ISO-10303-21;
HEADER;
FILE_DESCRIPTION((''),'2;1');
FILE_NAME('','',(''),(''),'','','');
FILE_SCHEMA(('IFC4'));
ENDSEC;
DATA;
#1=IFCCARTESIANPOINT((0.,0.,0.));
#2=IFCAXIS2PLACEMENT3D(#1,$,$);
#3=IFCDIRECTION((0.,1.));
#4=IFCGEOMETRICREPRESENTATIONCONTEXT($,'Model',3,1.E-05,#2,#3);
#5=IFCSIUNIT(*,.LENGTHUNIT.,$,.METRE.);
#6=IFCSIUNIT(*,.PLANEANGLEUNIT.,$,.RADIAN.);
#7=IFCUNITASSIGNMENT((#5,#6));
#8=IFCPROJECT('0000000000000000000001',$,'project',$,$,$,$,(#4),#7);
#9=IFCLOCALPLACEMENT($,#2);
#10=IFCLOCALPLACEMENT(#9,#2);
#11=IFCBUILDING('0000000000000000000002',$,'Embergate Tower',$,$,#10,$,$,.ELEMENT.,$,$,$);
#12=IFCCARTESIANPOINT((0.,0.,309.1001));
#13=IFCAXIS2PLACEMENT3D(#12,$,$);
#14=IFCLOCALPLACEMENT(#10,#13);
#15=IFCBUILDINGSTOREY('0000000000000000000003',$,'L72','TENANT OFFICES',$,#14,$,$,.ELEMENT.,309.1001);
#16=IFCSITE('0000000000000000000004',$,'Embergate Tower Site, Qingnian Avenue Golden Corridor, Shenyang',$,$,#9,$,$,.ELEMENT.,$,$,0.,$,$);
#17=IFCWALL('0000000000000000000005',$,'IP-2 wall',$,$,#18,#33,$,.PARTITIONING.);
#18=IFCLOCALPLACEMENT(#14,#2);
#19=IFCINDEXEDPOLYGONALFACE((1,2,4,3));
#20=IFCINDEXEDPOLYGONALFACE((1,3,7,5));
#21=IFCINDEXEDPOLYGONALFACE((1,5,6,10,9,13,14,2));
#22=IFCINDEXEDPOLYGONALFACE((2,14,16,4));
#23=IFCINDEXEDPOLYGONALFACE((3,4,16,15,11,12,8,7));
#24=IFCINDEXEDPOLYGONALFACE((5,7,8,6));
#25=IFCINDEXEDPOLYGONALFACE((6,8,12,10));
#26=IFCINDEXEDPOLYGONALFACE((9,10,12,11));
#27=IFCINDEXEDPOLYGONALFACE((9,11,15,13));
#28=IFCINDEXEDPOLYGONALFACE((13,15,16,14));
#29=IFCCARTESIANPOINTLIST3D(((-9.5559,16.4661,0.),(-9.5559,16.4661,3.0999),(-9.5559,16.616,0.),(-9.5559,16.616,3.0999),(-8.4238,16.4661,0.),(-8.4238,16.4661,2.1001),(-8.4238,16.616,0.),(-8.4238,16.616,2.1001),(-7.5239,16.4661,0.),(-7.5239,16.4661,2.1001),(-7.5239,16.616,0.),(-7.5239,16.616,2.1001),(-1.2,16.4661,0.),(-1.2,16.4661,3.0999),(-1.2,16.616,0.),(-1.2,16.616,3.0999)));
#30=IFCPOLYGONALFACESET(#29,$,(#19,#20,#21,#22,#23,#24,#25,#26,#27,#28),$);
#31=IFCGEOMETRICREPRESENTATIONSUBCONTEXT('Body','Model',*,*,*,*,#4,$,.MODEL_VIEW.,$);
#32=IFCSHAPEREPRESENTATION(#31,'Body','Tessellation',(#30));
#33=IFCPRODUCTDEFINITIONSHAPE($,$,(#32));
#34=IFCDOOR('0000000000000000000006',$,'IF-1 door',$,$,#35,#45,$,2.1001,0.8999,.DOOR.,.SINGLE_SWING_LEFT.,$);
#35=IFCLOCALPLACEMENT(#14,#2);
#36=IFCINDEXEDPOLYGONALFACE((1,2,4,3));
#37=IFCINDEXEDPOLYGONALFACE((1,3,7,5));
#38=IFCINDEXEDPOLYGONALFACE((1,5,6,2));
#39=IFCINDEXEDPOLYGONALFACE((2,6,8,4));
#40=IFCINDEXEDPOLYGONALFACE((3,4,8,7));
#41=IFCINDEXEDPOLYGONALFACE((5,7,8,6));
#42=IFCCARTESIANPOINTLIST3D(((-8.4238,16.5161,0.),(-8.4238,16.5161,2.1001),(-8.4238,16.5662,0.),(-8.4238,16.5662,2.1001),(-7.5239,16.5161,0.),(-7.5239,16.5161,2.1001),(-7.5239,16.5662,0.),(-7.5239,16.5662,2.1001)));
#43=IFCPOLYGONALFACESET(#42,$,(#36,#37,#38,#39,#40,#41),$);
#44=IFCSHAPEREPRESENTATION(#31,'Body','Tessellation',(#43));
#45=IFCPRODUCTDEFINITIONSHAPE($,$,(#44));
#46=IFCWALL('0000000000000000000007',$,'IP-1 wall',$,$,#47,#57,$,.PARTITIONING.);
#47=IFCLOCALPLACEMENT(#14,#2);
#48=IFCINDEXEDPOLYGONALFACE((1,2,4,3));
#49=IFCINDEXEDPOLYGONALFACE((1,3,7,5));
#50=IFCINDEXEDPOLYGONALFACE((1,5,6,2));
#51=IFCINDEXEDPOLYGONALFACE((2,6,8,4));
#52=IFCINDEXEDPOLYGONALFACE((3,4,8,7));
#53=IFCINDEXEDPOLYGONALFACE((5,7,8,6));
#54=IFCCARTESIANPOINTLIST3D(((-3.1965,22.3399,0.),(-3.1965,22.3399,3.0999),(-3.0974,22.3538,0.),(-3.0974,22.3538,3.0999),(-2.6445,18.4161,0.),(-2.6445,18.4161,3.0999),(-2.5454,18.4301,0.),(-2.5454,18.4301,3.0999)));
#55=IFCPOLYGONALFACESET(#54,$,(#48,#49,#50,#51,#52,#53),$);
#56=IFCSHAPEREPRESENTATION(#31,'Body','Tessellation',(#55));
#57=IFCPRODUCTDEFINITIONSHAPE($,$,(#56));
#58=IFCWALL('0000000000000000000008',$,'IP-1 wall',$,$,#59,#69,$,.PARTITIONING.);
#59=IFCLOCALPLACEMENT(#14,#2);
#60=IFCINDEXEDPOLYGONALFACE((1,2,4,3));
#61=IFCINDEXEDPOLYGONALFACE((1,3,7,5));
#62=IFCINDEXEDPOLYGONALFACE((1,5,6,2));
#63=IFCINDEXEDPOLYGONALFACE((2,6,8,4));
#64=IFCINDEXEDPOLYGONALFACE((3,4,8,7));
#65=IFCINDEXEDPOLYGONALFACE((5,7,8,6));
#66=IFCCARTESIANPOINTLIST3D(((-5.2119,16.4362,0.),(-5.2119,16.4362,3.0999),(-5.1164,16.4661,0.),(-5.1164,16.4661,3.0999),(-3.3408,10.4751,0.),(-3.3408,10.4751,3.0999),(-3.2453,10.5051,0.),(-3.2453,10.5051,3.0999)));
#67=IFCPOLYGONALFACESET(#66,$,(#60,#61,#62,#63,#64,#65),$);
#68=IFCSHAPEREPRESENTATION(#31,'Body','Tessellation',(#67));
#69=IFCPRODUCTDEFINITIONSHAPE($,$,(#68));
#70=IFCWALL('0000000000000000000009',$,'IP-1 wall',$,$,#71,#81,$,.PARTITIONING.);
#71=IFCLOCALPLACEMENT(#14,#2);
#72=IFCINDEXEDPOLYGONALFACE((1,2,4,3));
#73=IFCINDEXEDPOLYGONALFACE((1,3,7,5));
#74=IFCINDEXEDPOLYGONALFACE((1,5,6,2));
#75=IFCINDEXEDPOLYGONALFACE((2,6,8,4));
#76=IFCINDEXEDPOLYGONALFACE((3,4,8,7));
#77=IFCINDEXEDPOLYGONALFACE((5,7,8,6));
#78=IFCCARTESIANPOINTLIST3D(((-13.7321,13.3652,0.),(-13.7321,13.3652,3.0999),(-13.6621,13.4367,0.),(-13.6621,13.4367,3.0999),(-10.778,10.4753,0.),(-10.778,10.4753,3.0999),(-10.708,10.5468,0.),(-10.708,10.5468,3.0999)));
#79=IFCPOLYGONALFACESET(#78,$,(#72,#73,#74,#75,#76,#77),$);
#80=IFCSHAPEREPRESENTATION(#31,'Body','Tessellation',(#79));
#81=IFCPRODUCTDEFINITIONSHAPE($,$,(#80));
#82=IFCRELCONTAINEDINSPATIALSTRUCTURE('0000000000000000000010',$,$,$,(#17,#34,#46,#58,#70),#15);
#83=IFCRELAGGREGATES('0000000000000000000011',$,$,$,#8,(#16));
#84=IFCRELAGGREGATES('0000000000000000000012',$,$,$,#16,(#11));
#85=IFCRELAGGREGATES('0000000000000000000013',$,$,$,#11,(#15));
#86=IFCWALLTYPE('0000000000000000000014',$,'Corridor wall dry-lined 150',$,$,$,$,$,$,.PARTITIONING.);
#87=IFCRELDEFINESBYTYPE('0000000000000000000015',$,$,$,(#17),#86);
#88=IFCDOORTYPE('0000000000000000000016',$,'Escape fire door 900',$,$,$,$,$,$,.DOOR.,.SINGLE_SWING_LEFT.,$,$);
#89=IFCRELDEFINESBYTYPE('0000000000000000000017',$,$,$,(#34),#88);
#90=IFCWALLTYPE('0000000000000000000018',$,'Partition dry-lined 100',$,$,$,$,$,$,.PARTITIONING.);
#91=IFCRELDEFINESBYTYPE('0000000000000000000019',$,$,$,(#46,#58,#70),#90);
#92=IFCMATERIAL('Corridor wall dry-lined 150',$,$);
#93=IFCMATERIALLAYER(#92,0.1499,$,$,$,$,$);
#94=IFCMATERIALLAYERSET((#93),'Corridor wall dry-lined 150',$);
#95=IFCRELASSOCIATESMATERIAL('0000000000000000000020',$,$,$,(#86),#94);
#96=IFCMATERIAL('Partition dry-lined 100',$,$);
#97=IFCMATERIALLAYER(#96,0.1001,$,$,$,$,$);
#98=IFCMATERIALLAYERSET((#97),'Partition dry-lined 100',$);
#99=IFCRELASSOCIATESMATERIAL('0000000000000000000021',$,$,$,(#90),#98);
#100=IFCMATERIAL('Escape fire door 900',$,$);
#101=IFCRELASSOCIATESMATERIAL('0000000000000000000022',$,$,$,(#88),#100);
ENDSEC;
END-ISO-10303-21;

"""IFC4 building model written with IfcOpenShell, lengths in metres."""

from ifc_helpers import new_model, si_unit, direction, frame, frame_2d, origin, place, context, subcontext, project, spatial, rectangle, extrude, source, transform, mapped, material, layer, layer_set, type_object, element, fill, save


model = new_model("IFC4")

# Units and contexts
model_context = context("Model", 3, precision=1e-05, world=origin(), true_north=direction((0.0, 1.0)))
body_context = subcontext(model_context, "Body", "Model", "MODEL_VIEW")
ifc_project = project(units=[si_unit("LENGTHUNIT", "METRE"), si_unit("PLANEANGLEUNIT", "RADIAN")], contexts=[model_context])

# Site, building, storey
site_placement = place(None, origin())
site = spatial("IfcSite", under=ifc_project, at=site_placement, Name="Embergate Tower Site, Qingnian Avenue Golden Corridor, Shenyang", CompositionType="ELEMENT", RefElevation=0.0)
building_placement = place(site_placement, origin())
building = spatial("IfcBuilding", under=site, at=building_placement, Name="Embergate Tower", CompositionType="ELEMENT")
storey_placement = place(building_placement, frame((0.0, 0.0, 309.1001)))
storey = spatial("IfcBuildingStorey", under=building, at=storey_placement, Name="L72", Description="TENANT OFFICES", CompositionType="ELEMENT", Elevation=309.1001)

# Shared definitions
ifc_material_1 = material(Name="Corridor wall dry-lined 150")
ifc_layer_1 = layer(ifc_material_1, 0.1499)
ifc_layer_set_1 = layer_set([ifc_layer_1], Name="Corridor wall dry-lined 150")
wall_type_1 = type_object("IfcWallType", Name="Corridor wall dry-lined 150", PredefinedType="PARTITIONING", material=ifc_layer_set_1)
ifc_material_2 = material(Name="Partition dry-lined 100")
ifc_layer_2 = layer(ifc_material_2, 0.1001)
ifc_layer_set_2 = layer_set([ifc_layer_2], Name="Partition dry-lined 100")
wall_type_2 = type_object("IfcWallType", Name="Partition dry-lined 100", PredefinedType="PARTITIONING", material=ifc_layer_set_2)

# Shared definitions
shared_shape_1 = source(origin(), body_context, "Body", "SweptSolid", [
    extrude(rectangle(XDim=0.8999, YDim=2.1001, at=frame_2d((0.45, 1.05))), frame((0.0, 0.085, 0.0), z_axis=(0.0, -1.0, 0.0), x_axis=(1.0, 0.0, 0.0)), (0.0, 0.0, 1.0), 0.1699),
])
ifc_material_3 = material(Name="Escape fire door 900")
door_type_1 = type_object("IfcDoorType", Name="Escape fire door 900", OperationType="SINGLE_SWING_LEFT", PredefinedType="DOOR", material=ifc_material_3)
shared_shape_2 = source(origin(), body_context, "Body", "SweptSolid", [
    extrude(rectangle(XDim=0.8999, YDim=2.1001, at=frame_2d((0.45, 1.05))), frame((0.0, 0.0249, 0.0), z_axis=(0.0, -1.0, 0.0), x_axis=(1.0, 0.0, 0.0)), (0.0, 0.0, 1.0), 0.05),
])

# Wall, opening, door
shared_shape_3 = source(origin(), body_context, "Body", "SweptSolid", [
    extrude(rectangle(XDim=8.356, YDim=0.1499, at=frame_2d((4.178, 0.0))), origin(), (0.0, 0.0, 1.0), 3.0999),
])
wall_1_placement = place(storey_placement, frame((-1.2, 16.541, 0.0), z_axis=(0.0, 0.0, 1.0), x_axis=(-1.0, 0.0, 0.0)))
wall_1 = element("IfcWall", 1, at=wall_1_placement, inside=storey, type_object=wall_type_1, Name="IP-2 wall", PredefinedType="PARTITIONING", context=body_context, shape_type="MappedRepresentation", body=[
    mapped(shared_shape_3, transform((0.0, 0.0, 0.0))),
])
opening_1_placement = place(wall_1_placement, frame((6.324, 0.0, 0.0)))
opening_1 = element("IfcOpeningElement", 2, at=opening_1_placement, cuts=wall_1, PredefinedType="OPENING", context=body_context, shape_type="MappedRepresentation", body=[
    mapped(shared_shape_1, transform((0.0, 0.0, 0.0))),
])
door_1_placement = place(opening_1_placement, origin())
door_1 = element("IfcDoor", 3, at=door_1_placement, inside=storey, type_object=door_type_1, Name="IF-1 door", OperationType="SINGLE_SWING_LEFT", OverallHeight=2.1001, OverallWidth=0.8999, PredefinedType="DOOR", context=body_context, shape_type="MappedRepresentation", body=[
    mapped(shared_shape_2, transform((0.0, 0.0, 0.0))),
])
fill(opening_1, door_1)

# Walls
shared_shape_4 = source(origin(), body_context, "Body", "SweptSolid", [
    extrude(rectangle(XDim=3.9624, YDim=0.1001, at=frame_2d((1.9812, 0.0))), origin(), (0.0, 0.0, 1.0), 3.0999),
])
wall_2_placement = place(storey_placement, frame((-2.595, 18.4231, 0.0), z_axis=(0.0, 0.0, 1.0), x_axis=(-0.139308, 0.990249, 0.0)))
element("IfcWall", 4, at=wall_2_placement, inside=storey, type_object=wall_type_2, Name="IP-1 wall", PredefinedType="PARTITIONING", context=body_context, shape_type="MappedRepresentation", body=[
    mapped(shared_shape_4, transform((0.0, 0.0, 0.0))),
])
shared_shape_5 = source(origin(), body_context, "Body", "SweptSolid", [
    extrude(rectangle(XDim=6.2478, YDim=0.1001, at=frame_2d((3.124, 0.0))), origin(), (0.0, 0.0, 1.0), 3.0999),
])
wall_3_placement = place(storey_placement, frame((-3.293, 10.49, 0.0), z_axis=(0.0, 0.0, 1.0), x_axis=(-0.299485, 0.954101, 0.0)))
element("IfcWall", 5, at=wall_3_placement, inside=storey, type_object=wall_type_2, Name="IP-1 wall", PredefinedType="PARTITIONING", context=body_context, shape_type="MappedRepresentation", body=[
    mapped(shared_shape_5, transform((0.0, 0.0, 0.0))),
])
shared_shape_6 = source(origin(), body_context, "Body", "SweptSolid", [
    extrude(rectangle(XDim=4.1326, YDim=0.1001, at=frame_2d((2.0664, 0.0))), origin(), (0.0, 0.0, 1.0), 3.0999),
])
wall_4_placement = place(storey_placement, frame((-10.7429, 10.511, 0.0), z_axis=(0.0, 0.0, 1.0), x_axis=(-0.714833, 0.699295, 0.0)))
element("IfcWall", 6, at=wall_4_placement, inside=storey, type_object=wall_type_2, Name="IP-1 wall", PredefinedType="PARTITIONING", context=body_context, shape_type="MappedRepresentation", body=[
    mapped(shared_shape_6, transform((0.0, 0.0, 0.0))),
])

save(model, "model.ifc")
